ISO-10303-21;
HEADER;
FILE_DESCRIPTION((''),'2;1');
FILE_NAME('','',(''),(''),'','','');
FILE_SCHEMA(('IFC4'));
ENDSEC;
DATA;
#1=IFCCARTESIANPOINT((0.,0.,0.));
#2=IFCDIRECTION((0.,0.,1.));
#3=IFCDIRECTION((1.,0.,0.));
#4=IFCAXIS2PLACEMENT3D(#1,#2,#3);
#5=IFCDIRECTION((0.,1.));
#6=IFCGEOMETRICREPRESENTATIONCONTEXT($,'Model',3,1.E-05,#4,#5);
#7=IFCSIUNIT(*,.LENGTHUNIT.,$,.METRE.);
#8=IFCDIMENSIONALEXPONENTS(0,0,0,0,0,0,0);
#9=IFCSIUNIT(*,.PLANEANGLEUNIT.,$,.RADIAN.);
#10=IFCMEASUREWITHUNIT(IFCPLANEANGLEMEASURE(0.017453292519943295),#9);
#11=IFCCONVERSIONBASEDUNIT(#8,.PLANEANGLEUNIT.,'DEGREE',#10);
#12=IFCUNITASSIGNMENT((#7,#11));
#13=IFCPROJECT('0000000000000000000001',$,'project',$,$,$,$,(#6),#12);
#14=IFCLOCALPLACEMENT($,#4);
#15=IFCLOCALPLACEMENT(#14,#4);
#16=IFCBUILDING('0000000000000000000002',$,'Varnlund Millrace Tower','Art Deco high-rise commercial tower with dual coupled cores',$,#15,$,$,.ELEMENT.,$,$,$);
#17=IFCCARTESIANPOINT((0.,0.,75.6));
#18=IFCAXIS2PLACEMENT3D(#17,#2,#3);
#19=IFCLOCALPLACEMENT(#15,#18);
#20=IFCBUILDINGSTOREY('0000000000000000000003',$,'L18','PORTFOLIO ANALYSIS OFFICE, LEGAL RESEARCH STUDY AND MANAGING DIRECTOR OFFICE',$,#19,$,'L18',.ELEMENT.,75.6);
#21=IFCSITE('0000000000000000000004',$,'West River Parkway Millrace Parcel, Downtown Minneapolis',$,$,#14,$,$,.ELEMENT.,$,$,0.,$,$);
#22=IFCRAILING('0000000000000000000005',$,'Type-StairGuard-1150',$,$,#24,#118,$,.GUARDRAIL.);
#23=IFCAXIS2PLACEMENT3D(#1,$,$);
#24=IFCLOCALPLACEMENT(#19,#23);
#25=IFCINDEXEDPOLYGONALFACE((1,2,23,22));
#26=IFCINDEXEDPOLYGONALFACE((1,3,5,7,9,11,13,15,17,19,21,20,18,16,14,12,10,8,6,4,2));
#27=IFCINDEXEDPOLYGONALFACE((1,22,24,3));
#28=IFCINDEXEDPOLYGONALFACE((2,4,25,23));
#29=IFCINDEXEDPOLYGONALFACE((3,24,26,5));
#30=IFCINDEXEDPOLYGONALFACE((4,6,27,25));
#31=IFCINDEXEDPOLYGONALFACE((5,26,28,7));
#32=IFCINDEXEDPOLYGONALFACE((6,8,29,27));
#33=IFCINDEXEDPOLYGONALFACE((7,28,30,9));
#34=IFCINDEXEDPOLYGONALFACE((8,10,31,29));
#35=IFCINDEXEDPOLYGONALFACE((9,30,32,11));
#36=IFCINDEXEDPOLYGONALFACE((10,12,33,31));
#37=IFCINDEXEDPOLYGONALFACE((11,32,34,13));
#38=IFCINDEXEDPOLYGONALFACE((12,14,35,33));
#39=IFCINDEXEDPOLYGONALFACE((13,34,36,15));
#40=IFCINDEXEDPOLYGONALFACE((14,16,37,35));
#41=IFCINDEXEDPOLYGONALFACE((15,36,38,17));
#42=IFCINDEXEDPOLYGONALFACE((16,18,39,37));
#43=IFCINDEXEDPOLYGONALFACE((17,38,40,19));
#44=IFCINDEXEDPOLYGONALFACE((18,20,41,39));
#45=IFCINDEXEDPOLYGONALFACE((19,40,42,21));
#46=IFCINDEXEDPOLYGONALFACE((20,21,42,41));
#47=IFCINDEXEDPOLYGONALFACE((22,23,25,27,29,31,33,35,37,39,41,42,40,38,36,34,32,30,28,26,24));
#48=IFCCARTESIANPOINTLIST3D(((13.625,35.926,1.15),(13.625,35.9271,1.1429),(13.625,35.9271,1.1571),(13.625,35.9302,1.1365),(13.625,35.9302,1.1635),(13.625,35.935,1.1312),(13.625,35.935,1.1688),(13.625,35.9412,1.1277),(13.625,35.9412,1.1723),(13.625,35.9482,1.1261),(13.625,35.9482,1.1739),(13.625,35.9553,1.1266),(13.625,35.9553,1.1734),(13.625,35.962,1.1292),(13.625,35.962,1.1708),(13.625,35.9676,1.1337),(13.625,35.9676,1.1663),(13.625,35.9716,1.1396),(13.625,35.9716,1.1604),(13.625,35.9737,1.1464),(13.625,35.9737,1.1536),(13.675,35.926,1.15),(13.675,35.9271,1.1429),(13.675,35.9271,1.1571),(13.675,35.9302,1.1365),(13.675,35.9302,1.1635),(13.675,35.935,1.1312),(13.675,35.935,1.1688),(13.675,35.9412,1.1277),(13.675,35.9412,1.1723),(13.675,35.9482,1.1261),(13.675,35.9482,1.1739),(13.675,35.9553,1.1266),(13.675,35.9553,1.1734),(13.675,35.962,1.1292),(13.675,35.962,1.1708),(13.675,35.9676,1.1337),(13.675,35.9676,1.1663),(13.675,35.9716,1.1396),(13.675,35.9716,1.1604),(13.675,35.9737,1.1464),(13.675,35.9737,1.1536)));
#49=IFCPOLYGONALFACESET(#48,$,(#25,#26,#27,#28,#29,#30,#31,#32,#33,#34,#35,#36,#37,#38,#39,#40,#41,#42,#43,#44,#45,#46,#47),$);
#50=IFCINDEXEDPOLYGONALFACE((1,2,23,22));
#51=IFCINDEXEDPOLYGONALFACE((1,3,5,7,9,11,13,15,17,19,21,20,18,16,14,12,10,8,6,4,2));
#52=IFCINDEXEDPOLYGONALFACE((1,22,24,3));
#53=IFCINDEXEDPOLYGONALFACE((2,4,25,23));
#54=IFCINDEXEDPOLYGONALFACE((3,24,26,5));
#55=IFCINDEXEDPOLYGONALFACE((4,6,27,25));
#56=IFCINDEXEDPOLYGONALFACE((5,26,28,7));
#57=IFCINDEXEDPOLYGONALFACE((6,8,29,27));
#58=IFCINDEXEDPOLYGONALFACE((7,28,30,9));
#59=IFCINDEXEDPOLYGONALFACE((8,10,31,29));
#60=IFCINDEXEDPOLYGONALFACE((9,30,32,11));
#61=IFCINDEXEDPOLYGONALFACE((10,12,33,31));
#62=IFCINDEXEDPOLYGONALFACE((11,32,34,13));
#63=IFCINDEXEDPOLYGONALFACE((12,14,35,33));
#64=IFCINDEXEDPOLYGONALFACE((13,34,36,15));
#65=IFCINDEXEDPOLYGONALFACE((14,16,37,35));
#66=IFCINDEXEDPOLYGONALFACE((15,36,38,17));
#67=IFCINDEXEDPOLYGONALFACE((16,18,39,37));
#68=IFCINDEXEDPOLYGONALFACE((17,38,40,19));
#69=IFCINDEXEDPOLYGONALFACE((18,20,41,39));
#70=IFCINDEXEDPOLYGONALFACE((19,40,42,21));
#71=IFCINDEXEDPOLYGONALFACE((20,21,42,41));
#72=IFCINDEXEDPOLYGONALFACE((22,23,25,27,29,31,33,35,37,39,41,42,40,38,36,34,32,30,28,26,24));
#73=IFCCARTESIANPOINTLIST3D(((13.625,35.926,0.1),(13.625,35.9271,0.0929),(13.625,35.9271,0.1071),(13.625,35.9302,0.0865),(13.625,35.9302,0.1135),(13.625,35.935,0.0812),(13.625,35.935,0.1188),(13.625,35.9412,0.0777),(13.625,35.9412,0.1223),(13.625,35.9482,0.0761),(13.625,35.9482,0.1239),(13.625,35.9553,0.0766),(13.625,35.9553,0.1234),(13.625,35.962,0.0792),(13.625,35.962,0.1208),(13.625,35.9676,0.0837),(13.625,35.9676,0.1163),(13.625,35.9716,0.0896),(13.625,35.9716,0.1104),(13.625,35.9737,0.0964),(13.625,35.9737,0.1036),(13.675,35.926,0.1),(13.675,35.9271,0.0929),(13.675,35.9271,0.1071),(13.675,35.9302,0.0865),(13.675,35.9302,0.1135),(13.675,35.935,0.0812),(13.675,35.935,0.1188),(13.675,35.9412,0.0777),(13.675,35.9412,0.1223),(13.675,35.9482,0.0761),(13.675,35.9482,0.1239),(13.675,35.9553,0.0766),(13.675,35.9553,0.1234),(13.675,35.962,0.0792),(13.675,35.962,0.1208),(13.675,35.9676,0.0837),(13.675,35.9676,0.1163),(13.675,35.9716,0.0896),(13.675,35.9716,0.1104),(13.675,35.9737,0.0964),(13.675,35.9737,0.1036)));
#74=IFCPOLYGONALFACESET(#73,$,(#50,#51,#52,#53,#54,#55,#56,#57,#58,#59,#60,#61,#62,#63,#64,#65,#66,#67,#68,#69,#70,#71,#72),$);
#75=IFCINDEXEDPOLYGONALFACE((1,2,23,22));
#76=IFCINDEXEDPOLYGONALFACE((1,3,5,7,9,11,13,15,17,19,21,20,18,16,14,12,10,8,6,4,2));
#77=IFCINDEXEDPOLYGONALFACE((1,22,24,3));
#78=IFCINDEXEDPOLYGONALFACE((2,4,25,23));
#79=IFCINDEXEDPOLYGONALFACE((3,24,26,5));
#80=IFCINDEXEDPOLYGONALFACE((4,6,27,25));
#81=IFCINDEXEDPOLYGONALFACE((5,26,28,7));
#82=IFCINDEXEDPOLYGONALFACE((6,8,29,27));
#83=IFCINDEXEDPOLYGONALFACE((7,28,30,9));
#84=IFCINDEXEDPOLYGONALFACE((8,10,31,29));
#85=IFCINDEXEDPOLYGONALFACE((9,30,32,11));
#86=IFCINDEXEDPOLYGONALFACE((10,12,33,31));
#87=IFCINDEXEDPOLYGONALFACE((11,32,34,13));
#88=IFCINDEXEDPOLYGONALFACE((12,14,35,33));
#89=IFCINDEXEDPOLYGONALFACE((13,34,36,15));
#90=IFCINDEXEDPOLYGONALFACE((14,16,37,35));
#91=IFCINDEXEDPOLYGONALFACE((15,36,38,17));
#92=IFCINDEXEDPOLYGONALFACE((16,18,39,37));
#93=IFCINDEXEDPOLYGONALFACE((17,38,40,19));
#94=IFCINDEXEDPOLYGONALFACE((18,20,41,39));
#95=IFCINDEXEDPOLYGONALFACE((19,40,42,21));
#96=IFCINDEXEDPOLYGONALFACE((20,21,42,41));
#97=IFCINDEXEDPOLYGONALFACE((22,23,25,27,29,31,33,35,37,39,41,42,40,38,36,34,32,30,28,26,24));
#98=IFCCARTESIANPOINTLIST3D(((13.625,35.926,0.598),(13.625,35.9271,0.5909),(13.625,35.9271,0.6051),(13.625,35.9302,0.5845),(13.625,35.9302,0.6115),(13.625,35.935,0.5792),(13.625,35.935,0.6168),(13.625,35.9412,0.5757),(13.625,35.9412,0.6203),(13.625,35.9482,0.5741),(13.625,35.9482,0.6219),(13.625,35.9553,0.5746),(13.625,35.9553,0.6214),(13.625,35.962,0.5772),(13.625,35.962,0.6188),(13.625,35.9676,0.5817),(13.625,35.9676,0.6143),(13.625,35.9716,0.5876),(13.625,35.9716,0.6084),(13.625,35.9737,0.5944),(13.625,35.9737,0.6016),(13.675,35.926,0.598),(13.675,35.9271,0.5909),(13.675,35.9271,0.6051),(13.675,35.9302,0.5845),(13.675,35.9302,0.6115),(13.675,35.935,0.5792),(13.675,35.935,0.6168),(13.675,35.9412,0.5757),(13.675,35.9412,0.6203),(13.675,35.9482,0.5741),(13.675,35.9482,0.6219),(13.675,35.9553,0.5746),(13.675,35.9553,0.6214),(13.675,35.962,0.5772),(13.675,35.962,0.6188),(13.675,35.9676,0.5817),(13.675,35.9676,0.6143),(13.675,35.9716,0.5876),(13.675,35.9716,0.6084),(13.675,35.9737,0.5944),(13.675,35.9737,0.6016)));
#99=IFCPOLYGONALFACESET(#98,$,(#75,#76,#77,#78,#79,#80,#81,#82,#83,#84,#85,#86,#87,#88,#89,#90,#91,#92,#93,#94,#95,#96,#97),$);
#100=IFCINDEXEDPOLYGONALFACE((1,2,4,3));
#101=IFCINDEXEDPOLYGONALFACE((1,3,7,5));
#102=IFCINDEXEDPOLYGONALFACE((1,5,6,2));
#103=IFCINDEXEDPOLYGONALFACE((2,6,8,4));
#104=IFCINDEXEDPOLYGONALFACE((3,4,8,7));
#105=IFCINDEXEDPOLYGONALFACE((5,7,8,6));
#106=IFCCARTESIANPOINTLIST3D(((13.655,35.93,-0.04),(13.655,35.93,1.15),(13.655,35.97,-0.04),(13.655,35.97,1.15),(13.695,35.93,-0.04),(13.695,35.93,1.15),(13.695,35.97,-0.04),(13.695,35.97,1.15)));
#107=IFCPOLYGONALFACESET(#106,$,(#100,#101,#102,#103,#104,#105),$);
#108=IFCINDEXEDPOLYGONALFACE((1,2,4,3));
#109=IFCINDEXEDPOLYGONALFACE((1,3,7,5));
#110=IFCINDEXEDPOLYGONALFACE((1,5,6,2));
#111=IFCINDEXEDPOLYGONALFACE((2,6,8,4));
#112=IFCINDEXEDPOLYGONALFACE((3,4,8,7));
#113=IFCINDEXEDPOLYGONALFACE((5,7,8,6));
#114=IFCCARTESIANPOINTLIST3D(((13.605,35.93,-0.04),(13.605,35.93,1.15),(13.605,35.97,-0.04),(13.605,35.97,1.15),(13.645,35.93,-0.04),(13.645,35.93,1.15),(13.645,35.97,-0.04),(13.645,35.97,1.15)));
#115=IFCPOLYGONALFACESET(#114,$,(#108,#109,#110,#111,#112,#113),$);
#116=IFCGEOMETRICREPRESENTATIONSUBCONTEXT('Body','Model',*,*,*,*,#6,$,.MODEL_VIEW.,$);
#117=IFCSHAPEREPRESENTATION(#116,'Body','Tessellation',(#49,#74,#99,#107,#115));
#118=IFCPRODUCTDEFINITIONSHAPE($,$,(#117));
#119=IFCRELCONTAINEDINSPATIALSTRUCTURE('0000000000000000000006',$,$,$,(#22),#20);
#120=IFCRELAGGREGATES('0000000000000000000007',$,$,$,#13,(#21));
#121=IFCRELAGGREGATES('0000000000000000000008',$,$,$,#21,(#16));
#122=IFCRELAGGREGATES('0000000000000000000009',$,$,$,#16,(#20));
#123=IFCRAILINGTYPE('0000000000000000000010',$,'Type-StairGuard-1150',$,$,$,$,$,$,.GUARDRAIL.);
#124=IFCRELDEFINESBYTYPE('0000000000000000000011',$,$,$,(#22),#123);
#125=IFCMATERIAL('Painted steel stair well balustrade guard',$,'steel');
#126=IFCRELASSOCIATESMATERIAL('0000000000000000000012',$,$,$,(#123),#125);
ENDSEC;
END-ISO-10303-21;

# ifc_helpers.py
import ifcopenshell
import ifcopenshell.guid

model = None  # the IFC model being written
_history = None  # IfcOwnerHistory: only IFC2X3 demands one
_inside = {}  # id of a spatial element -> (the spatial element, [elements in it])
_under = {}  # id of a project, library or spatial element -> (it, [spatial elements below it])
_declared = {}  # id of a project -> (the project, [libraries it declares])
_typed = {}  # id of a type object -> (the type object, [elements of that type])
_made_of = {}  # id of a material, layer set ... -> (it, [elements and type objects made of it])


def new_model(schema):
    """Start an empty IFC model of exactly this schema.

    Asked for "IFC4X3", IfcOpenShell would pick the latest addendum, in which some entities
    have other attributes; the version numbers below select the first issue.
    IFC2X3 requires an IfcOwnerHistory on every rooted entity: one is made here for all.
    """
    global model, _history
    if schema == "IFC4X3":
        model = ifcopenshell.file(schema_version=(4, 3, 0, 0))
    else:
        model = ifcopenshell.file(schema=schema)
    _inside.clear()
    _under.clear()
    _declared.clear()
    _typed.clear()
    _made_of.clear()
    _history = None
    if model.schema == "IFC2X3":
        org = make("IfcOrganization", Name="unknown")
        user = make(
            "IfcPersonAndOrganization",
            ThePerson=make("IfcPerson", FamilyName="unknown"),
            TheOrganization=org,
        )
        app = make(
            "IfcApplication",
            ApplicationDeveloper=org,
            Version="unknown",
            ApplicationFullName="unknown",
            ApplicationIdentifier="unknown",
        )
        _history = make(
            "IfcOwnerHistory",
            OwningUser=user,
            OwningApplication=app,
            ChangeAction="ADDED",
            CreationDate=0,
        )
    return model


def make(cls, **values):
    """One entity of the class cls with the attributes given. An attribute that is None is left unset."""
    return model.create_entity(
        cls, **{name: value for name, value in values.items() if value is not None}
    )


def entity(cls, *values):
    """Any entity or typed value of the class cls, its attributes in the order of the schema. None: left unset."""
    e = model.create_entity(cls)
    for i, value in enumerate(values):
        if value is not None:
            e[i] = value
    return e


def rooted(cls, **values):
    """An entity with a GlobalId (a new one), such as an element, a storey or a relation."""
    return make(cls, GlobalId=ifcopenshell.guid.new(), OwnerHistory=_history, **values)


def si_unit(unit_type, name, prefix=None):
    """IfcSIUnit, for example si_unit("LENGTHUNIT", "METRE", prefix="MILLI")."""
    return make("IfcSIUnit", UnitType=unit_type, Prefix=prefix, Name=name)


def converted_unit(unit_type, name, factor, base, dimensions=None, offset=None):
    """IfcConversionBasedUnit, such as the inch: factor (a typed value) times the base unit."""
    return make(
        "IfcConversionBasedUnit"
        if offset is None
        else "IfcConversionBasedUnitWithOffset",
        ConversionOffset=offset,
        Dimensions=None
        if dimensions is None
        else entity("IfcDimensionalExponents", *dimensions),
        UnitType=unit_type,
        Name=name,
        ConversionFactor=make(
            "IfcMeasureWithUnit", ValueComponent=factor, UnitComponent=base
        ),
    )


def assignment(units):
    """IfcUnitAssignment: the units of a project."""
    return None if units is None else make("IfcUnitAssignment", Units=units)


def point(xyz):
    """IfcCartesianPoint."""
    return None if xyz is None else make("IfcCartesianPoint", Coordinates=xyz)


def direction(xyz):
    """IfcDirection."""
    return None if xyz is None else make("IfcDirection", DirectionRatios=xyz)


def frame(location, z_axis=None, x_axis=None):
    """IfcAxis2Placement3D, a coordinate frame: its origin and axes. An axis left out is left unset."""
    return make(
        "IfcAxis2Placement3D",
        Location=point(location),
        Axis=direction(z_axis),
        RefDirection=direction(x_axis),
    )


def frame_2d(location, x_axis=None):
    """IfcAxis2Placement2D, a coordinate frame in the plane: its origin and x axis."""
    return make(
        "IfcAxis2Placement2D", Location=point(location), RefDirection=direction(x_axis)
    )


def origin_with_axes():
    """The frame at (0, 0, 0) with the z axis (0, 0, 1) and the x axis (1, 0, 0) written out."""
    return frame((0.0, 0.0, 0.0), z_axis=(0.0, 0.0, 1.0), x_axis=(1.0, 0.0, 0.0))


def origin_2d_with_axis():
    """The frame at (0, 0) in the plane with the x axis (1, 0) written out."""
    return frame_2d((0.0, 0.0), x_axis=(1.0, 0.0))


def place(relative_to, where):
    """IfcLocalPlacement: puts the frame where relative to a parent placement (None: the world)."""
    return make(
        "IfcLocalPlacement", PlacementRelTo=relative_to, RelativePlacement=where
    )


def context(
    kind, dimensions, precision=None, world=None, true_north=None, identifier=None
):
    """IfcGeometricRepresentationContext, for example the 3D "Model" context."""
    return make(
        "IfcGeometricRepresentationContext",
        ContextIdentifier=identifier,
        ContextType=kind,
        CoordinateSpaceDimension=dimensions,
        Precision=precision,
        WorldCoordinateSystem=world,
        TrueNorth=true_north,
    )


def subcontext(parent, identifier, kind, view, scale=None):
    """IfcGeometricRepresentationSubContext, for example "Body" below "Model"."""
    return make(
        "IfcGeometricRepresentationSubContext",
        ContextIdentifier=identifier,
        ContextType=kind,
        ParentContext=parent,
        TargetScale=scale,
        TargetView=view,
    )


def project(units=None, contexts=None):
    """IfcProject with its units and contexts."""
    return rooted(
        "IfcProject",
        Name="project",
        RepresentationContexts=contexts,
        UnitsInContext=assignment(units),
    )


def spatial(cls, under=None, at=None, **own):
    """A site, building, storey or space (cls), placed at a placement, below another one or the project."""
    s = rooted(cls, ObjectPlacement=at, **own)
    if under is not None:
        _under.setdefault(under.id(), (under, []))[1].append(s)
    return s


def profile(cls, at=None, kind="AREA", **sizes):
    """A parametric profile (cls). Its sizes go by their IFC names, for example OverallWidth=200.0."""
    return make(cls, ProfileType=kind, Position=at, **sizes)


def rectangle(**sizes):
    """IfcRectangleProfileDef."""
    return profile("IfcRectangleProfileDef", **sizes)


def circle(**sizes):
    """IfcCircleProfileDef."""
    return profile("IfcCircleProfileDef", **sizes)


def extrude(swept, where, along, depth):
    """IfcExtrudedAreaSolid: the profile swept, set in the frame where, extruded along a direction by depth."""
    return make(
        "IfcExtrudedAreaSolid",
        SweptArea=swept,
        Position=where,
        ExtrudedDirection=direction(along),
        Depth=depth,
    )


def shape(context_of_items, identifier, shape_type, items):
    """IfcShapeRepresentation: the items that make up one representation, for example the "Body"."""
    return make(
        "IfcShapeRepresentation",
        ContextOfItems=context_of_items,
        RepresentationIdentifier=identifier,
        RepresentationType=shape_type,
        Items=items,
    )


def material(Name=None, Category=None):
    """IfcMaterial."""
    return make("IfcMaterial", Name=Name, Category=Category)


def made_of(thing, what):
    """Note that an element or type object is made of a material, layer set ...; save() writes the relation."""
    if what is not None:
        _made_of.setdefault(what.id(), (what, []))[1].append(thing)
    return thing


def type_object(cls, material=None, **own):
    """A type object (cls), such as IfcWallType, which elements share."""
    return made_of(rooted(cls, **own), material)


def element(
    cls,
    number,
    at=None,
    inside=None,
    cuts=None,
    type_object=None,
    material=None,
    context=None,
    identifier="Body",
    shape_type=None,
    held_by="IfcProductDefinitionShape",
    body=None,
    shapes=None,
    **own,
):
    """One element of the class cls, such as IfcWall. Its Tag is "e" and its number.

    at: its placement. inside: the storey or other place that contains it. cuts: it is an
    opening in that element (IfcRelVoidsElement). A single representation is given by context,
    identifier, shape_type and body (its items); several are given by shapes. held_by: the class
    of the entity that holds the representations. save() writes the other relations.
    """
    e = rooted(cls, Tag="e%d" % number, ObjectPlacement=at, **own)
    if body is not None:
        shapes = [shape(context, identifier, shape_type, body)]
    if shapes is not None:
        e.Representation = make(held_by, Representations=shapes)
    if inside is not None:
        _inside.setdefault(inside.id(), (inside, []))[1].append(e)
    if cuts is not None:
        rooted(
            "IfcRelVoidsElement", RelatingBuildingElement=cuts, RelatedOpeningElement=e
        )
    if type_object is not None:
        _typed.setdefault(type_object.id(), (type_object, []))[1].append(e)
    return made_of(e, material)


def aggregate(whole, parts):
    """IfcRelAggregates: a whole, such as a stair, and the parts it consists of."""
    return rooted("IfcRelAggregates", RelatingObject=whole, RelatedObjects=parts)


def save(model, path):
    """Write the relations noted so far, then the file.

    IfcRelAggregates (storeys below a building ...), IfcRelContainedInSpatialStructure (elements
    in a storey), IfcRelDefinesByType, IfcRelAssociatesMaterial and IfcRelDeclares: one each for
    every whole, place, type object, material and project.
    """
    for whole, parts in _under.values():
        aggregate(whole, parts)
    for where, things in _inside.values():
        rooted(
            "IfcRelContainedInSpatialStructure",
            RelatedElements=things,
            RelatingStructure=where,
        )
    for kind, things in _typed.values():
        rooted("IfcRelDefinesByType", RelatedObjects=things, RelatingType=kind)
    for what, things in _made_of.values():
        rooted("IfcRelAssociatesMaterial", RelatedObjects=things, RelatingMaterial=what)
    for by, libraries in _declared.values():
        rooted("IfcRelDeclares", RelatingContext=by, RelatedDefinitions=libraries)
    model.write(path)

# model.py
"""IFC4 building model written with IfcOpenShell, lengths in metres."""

from ifc_helpers import new_model, entity, si_unit, converted_unit, direction, frame, origin_with_axes, origin_2d_with_axis, place, context, subcontext, project, spatial, rectangle, circle, extrude, material, type_object, element, save


model = new_model("IFC4")

# Units and contexts
model_context = context("Model", 3, precision=1e-05, world=origin_with_axes(), true_north=direction((0.0, 1.0)))
body_context = subcontext(model_context, "Body", "Model", "MODEL_VIEW")
ifc_project = project(units=[si_unit("LENGTHUNIT", "METRE"), converted_unit("PLANEANGLEUNIT", "DEGREE", entity("IfcPlaneAngleMeasure", 0.017453292519943295), si_unit("PLANEANGLEUNIT", "RADIAN"), dimensions=[0, 0, 0, 0, 0, 0, 0])], contexts=[model_context])

# Site, building, storey
site_placement = place(None, origin_with_axes())
site = spatial("IfcSite", under=ifc_project, at=site_placement, Name="West River Parkway Millrace Parcel, Downtown Minneapolis", CompositionType="ELEMENT", RefElevation=0.0)
building_placement = place(site_placement, origin_with_axes())
building = spatial("IfcBuilding", under=site, at=building_placement, Name="Varnlund Millrace Tower", Description="Art Deco high-rise commercial tower with dual coupled cores", CompositionType="ELEMENT")
storey_placement = place(building_placement, frame((0.0, 0.0, 75.6), z_axis=(0.0, 0.0, 1.0), x_axis=(1.0, 0.0, 0.0)))
storey = spatial("IfcBuildingStorey", under=building, at=storey_placement, Name="L18", Description="PORTFOLIO ANALYSIS OFFICE, LEGAL RESEARCH STUDY AND MANAGING DIRECTOR OFFICE", LongName="L18", CompositionType="ELEMENT", Elevation=75.6)

# Railing
ifc_material_1 = material(Name="Painted steel stair well balustrade guard", Category="steel")
railing_type_1 = type_object("IfcRailingType", Name="Type-StairGuard-1150", PredefinedType="GUARDRAIL", material=ifc_material_1)
railing_1_placement = place(storey_placement, frame((0.0, 0.0, -75.6), z_axis=(0.0, 0.0, 1.0), x_axis=(1.0, 0.0, 0.0)))
element("IfcRailing", 1, at=railing_1_placement, inside=storey, type_object=railing_type_1, Name="Type-StairGuard-1150", PredefinedType="GUARDRAIL", context=body_context, shape_type="SweptSolid", body=[
    extrude(circle(Radius=0.024, at=origin_2d_with_axis()), frame((13.675, 35.95, 76.75), z_axis=(-1.0, 0.0, 0.0), x_axis=(0.0, -1.0, 0.0)), (0.0, 0.0, 1.0), 0.05),
    extrude(circle(Radius=0.024, at=origin_2d_with_axis()), frame((13.675, 35.95, 75.7), z_axis=(-1.0, 0.0, 0.0), x_axis=(0.0, -1.0, 0.0)), (0.0, 0.0, 1.0), 0.05),
    extrude(circle(Radius=0.024, at=origin_2d_with_axis()), frame((13.675, 35.95, 76.198), z_axis=(-1.0, 0.0, 0.0), x_axis=(0.0, -1.0, 0.0)), (0.0, 0.0, 1.0), 0.05),
    extrude(rectangle(XDim=0.04, YDim=0.04, at=origin_2d_with_axis()), frame((13.675, 35.95, 75.56), z_axis=(0.0, 0.0, 1.0), x_axis=(1.0, 0.0, 0.0)), (0.0, 0.0, 1.0), 1.19),
    extrude(rectangle(XDim=0.04, YDim=0.04, at=origin_2d_with_axis()), frame((13.625, 35.95, 75.56), z_axis=(0.0, 0.0, 1.0), x_axis=(1.0, 0.0, 0.0)), (0.0, 0.0, 1.0), 1.19),
])

save(model, "model.ifc")
